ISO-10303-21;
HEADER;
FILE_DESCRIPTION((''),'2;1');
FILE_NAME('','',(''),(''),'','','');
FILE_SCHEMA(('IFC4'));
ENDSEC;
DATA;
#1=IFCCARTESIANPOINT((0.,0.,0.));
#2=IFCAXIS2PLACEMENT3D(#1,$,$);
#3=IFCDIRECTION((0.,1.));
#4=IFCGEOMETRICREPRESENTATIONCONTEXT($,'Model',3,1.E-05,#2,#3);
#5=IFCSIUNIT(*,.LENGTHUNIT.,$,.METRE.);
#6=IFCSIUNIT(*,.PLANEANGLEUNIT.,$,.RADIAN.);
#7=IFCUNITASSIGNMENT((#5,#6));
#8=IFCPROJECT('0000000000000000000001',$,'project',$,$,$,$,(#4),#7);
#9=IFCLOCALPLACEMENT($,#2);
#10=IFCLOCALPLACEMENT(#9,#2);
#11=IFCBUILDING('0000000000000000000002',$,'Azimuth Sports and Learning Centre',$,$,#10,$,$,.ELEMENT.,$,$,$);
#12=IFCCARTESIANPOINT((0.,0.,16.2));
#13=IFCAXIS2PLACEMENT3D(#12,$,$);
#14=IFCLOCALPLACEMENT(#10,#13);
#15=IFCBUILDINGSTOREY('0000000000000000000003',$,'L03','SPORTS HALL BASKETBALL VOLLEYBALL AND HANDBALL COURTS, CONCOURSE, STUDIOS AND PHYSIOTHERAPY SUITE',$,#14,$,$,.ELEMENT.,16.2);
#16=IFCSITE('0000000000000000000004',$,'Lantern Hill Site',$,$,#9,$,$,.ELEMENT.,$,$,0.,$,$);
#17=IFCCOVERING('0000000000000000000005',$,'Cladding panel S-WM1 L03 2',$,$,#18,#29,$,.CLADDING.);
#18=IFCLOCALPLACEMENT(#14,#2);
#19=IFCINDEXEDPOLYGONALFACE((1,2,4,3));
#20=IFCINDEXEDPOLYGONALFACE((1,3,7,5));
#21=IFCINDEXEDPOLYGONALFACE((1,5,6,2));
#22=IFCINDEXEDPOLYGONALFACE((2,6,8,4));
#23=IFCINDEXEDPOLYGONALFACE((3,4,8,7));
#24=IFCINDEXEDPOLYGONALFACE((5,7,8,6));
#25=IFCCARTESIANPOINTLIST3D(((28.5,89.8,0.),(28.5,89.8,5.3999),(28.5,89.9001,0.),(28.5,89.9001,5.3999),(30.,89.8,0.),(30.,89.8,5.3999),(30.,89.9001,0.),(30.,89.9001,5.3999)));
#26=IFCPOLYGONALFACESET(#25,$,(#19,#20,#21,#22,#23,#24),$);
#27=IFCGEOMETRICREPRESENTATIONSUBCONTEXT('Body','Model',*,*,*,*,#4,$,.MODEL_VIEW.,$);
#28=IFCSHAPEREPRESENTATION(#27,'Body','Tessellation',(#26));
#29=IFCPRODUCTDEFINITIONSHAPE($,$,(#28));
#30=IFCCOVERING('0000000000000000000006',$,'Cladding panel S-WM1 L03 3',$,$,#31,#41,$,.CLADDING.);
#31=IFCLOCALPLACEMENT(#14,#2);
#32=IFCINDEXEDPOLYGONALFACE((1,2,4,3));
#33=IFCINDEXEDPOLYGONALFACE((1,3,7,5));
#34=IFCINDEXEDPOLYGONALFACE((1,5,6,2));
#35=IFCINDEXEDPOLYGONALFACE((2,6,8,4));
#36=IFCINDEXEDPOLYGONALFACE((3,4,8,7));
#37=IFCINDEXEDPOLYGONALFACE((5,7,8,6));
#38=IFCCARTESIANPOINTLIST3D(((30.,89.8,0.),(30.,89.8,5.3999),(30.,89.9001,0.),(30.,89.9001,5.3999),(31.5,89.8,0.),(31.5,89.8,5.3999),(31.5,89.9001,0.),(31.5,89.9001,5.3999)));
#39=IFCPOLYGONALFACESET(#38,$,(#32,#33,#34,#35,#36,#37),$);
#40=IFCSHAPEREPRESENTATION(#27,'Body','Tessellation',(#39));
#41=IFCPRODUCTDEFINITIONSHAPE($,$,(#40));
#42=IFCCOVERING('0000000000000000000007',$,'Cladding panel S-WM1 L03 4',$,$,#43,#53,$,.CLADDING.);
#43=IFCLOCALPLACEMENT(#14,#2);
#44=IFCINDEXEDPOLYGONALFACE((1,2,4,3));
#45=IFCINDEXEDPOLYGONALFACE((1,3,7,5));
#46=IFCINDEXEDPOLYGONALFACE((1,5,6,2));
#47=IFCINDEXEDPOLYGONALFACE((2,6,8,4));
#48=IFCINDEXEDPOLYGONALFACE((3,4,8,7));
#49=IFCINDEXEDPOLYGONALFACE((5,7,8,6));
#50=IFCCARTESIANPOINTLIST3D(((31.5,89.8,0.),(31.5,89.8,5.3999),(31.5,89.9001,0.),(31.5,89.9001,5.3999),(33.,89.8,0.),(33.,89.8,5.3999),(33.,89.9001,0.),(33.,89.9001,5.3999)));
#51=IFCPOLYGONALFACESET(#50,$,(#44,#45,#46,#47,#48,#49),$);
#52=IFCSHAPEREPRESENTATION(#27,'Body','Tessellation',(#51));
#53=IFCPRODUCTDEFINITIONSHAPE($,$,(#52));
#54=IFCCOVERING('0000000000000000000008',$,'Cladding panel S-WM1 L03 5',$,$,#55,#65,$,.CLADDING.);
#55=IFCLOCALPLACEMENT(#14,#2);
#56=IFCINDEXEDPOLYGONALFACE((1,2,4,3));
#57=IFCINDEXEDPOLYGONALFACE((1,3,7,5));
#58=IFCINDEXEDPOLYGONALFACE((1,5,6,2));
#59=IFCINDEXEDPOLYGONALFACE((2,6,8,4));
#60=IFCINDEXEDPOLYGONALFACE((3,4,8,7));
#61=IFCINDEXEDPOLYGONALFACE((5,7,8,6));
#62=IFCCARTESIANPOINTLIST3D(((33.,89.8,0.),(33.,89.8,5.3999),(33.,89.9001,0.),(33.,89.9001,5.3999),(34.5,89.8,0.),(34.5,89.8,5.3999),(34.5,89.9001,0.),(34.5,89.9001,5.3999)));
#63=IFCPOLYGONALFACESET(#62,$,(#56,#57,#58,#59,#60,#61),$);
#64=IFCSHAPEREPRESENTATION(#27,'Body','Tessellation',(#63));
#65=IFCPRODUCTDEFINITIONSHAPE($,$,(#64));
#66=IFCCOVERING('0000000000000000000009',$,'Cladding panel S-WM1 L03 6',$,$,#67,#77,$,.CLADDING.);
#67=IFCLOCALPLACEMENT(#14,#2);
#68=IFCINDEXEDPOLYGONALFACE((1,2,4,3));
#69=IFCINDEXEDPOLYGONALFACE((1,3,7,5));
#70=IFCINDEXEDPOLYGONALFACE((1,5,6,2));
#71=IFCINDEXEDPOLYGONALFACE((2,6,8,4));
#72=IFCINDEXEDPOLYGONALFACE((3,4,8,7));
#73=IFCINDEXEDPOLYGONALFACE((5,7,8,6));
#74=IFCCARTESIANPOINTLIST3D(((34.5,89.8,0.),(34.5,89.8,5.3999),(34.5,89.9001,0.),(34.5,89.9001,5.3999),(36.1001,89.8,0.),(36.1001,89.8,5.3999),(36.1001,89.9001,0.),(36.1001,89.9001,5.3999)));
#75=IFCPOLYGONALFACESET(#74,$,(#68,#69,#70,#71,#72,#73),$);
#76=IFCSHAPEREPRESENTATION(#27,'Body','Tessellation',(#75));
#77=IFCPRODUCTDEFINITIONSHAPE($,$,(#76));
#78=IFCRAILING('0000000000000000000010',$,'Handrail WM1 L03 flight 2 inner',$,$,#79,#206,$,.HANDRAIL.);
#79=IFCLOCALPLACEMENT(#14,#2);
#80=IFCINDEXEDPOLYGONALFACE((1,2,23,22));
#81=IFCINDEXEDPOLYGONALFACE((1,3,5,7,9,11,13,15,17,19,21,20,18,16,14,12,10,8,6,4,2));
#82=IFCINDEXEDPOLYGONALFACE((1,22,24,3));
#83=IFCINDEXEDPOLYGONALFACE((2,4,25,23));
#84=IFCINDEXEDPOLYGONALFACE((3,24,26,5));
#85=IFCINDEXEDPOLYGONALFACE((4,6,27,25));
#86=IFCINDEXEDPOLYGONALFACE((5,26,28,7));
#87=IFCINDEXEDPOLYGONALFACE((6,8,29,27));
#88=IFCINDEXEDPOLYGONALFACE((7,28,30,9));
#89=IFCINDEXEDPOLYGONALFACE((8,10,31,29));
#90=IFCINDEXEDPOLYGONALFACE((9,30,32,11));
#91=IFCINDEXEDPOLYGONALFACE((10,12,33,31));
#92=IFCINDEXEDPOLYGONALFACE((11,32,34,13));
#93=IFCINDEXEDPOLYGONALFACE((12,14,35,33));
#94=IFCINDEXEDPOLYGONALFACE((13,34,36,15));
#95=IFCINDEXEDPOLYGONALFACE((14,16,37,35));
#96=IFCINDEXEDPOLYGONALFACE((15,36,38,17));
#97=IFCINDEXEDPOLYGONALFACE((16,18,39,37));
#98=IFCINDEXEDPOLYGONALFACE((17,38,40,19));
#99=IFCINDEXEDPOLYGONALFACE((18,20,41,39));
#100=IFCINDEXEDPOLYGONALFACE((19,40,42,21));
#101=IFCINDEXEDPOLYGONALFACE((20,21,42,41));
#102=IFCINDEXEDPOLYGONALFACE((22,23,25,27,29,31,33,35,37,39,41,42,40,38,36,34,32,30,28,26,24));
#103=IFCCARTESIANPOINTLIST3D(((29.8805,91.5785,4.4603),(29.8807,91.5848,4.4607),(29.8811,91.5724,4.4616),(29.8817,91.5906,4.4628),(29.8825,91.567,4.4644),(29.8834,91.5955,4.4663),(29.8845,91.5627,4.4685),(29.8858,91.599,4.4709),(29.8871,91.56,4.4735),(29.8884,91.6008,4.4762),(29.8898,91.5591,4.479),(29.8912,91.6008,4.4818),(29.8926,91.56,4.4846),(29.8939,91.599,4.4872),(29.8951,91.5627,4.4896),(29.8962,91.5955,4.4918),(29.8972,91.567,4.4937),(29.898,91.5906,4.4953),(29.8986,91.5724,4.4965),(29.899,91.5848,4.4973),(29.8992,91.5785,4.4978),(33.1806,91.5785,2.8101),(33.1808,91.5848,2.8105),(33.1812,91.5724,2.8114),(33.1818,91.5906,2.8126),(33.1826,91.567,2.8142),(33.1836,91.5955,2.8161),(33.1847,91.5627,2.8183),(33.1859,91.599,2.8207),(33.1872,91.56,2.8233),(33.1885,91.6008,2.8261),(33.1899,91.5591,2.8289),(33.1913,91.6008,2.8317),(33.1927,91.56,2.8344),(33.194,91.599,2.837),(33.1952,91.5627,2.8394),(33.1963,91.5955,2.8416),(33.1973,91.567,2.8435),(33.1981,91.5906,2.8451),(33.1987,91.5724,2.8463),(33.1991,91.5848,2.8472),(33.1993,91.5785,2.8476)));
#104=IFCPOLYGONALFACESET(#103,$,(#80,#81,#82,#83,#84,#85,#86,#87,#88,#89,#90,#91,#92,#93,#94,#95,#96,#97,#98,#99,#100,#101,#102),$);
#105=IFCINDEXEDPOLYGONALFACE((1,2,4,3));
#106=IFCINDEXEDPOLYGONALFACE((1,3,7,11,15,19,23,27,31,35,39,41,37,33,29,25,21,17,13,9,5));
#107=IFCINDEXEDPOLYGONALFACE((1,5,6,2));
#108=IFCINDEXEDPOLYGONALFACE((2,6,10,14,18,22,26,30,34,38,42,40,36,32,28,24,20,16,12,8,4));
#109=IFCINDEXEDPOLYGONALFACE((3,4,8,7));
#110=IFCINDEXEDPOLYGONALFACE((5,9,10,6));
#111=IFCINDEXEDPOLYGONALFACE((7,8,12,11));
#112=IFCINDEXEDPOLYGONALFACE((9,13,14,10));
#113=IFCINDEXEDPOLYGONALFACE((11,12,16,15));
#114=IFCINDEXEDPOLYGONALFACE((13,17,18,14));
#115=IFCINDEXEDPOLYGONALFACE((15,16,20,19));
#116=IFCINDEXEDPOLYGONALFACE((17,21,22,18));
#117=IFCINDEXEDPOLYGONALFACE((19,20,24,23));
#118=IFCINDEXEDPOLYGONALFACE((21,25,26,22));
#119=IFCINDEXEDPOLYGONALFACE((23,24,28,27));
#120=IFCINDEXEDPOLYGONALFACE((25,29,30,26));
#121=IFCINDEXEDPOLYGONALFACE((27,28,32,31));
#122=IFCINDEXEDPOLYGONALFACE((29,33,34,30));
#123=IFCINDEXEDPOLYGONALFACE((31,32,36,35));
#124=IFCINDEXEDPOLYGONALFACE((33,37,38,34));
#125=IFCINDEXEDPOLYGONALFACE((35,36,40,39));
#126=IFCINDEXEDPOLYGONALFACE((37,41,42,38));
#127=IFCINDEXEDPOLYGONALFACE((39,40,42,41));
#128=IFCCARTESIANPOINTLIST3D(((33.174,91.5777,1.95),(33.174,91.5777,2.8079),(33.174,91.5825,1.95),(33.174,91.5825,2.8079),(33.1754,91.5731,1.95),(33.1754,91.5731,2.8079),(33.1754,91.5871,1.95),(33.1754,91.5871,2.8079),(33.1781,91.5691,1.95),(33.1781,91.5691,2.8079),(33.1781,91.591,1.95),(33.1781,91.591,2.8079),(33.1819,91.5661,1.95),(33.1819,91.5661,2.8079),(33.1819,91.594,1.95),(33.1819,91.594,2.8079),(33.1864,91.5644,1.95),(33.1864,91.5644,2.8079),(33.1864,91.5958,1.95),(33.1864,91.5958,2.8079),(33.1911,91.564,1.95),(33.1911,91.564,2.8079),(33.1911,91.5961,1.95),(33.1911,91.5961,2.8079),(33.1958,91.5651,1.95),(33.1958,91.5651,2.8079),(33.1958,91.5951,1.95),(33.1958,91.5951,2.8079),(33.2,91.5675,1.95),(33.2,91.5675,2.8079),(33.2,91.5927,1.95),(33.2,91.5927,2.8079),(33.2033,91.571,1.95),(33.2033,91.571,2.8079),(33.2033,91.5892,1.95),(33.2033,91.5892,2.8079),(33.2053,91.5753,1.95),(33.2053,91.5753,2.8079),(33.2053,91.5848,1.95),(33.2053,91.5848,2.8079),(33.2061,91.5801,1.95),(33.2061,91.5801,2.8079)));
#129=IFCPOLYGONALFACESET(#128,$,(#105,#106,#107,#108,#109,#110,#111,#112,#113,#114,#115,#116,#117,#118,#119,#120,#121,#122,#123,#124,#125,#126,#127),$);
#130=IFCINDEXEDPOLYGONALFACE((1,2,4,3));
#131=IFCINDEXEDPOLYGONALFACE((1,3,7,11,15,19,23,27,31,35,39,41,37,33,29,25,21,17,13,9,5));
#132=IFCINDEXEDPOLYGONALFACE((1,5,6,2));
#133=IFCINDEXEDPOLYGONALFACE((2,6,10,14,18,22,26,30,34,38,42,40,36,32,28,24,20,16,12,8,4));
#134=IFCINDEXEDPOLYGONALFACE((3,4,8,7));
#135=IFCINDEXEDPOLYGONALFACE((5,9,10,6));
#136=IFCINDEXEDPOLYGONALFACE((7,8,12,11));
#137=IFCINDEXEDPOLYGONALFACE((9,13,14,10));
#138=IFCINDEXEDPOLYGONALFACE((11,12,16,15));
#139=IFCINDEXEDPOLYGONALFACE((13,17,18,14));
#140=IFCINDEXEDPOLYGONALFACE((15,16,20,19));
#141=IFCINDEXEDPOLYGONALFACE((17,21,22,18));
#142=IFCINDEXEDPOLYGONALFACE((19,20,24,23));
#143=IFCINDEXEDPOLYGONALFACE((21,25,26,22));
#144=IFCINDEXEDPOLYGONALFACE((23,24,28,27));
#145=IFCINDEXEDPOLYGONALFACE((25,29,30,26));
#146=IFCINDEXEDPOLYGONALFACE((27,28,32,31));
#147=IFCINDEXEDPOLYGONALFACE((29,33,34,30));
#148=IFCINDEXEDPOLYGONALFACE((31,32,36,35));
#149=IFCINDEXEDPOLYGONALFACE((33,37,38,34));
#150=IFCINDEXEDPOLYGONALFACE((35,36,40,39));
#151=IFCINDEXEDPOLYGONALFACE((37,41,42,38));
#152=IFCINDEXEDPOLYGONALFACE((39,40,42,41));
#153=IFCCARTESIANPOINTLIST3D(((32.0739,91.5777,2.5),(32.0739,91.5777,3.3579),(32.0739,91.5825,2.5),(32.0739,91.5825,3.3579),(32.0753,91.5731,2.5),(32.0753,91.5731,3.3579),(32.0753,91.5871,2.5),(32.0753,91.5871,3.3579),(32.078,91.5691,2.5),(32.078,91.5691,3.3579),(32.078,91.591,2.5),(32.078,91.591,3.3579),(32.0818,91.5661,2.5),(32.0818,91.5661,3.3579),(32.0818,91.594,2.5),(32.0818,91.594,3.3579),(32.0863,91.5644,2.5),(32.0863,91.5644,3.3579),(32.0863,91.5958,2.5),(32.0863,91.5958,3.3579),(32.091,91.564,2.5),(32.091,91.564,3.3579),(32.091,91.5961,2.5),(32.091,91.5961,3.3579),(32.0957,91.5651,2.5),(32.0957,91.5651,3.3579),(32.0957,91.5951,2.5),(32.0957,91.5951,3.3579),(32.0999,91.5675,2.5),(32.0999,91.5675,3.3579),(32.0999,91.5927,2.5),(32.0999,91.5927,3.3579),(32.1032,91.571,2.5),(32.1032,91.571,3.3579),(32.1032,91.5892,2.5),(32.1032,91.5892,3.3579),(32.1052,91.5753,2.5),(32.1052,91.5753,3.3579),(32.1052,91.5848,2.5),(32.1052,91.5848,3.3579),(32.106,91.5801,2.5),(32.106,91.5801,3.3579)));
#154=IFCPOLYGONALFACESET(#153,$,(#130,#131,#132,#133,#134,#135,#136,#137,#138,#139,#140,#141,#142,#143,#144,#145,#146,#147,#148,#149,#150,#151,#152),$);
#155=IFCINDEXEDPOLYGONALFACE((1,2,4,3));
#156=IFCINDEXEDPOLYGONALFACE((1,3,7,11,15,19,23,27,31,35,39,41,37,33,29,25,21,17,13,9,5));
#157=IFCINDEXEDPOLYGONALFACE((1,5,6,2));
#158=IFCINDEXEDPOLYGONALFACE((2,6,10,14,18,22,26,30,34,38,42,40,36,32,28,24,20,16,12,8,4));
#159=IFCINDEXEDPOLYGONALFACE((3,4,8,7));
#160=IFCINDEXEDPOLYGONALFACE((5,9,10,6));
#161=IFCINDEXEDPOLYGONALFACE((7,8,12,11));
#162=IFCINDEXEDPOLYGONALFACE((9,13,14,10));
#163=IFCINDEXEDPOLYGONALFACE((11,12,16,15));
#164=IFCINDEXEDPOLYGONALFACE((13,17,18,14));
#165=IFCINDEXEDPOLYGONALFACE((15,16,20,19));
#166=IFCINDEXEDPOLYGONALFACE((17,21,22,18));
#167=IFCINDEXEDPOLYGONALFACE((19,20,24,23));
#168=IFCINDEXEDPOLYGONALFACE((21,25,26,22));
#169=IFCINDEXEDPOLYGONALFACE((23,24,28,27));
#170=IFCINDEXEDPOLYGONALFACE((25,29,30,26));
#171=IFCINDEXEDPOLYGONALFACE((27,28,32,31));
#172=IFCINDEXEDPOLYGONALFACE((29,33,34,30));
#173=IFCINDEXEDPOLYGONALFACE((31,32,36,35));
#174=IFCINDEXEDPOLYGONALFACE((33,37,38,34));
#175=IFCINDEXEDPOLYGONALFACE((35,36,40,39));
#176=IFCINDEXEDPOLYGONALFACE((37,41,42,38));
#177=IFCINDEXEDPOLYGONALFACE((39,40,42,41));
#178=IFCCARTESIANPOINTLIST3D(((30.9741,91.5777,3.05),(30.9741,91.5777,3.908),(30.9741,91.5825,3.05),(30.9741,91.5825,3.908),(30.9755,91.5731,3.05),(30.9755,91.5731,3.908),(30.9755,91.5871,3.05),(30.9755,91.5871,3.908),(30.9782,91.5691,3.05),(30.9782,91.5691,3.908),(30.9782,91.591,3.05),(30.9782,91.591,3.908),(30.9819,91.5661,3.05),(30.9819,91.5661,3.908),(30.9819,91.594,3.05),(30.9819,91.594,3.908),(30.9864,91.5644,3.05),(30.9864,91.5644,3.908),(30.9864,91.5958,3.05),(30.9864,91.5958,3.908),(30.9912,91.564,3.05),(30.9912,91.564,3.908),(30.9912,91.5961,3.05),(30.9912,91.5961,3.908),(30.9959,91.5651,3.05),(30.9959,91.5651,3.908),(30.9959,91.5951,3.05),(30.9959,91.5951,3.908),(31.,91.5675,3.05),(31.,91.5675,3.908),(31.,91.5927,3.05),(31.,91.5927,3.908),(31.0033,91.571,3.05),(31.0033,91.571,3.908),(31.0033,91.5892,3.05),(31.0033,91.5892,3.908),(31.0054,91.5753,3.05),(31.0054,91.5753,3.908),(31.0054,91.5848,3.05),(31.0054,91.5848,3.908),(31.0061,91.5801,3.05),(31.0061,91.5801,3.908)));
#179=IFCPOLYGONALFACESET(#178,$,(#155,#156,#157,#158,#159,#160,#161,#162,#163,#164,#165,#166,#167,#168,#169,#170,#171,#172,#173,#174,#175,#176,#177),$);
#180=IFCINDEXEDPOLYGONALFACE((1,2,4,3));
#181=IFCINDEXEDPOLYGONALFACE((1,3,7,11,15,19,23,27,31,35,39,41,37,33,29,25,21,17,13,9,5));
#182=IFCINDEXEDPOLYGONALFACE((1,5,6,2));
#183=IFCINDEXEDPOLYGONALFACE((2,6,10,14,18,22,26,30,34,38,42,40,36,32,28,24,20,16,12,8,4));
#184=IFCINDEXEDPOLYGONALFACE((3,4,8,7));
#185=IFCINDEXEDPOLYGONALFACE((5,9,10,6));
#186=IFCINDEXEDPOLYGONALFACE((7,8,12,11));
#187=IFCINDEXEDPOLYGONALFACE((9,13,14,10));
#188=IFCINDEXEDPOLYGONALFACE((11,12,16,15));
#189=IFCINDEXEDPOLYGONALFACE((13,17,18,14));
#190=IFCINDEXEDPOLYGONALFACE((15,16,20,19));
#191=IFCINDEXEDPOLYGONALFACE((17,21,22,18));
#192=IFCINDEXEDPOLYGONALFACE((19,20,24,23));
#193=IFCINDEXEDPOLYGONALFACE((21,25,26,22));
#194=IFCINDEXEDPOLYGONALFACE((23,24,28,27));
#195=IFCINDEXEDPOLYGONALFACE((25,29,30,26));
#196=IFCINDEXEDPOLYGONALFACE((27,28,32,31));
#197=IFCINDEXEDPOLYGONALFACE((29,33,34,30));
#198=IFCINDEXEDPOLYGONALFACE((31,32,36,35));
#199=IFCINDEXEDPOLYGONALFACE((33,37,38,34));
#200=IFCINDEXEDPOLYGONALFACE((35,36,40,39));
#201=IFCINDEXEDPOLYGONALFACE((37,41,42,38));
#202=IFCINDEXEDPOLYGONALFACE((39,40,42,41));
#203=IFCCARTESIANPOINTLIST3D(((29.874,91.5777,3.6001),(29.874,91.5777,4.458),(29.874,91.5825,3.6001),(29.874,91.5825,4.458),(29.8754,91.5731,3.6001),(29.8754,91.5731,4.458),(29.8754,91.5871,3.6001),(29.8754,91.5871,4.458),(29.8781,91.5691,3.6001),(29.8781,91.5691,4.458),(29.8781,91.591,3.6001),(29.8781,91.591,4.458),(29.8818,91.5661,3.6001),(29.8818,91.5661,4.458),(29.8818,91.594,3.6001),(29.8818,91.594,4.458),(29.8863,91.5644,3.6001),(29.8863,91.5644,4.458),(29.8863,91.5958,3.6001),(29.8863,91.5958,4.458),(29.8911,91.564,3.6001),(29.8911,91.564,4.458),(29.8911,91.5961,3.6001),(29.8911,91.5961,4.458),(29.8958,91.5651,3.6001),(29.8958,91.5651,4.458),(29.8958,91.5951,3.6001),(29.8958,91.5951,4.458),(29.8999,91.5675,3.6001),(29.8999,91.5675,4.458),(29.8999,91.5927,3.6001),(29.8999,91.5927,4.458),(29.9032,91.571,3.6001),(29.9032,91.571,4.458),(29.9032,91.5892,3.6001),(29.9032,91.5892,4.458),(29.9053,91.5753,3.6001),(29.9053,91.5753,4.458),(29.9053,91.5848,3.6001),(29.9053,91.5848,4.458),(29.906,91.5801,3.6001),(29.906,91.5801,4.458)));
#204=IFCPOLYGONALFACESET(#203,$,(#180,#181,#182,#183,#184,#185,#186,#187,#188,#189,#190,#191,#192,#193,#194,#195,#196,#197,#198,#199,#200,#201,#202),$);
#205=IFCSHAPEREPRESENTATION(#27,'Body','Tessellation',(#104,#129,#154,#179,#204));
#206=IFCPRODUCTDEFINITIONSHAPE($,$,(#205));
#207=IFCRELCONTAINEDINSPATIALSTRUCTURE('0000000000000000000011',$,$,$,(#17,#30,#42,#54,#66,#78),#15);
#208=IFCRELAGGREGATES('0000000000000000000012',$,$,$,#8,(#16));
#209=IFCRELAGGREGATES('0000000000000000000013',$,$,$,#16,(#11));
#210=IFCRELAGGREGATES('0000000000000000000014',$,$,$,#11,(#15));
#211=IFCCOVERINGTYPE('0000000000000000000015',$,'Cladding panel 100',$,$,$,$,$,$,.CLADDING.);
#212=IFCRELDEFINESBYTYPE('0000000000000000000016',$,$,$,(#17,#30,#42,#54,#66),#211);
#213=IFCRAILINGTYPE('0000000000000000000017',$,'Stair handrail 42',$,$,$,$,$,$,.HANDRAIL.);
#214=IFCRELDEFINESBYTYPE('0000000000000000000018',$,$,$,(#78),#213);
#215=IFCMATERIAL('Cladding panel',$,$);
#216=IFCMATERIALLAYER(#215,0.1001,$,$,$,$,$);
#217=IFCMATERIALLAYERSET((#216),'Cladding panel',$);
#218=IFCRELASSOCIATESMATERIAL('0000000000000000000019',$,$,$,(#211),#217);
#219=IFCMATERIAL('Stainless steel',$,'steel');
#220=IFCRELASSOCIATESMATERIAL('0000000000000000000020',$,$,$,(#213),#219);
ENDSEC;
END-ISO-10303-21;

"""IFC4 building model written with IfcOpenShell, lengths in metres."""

from ifc_helpers import new_model, si_unit, direction, frame, origin, origin_2d, place, context, subcontext, project, spatial, rectangle, circle, extrude, material, layer, layer_set, type_object, element, save


model = new_model("IFC4")

# Units and contexts
model_context = context("Model", 3, precision=1e-05, world=origin(), true_north=direction((0.0, 1.0)))
body_context = subcontext(model_context, "Body", "Model", "MODEL_VIEW")
ifc_project = project(units=[si_unit("LENGTHUNIT", "METRE"), si_unit("PLANEANGLEUNIT", "RADIAN")], contexts=[model_context])

# Site, building, storey
site_placement = place(None, origin())
site = spatial("IfcSite", under=ifc_project, at=site_placement, Name="Lantern Hill Site", CompositionType="ELEMENT", RefElevation=0.0)
building_placement = place(site_placement, origin())
building = spatial("IfcBuilding", under=site, at=building_placement, Name="Azimuth Sports and Learning Centre", CompositionType="ELEMENT")
storey_placement = place(building_placement, frame((0.0, 0.0, 16.2)))
storey = spatial("IfcBuildingStorey", under=building, at=storey_placement, Name="L03", Description="SPORTS HALL BASKETBALL VOLLEYBALL AND HANDBALL COURTS, CONCOURSE, STUDIOS AND PHYSIOTHERAPY SUITE", CompositionType="ELEMENT", Elevation=16.2)

# Coverings
ifc_material_1 = material(Name="Cladding panel")
ifc_layer_1 = layer(ifc_material_1, 0.1001)
ifc_layer_set_1 = layer_set([ifc_layer_1], Name="Cladding panel")
covering_type = type_object("IfcCoveringType", Name="Cladding panel 100", PredefinedType="CLADDING", material=ifc_layer_set_1)
for number, where, z_axis, x_axis, name in (
    (1, (29.25, 89.8501, 0.0), (0.0, 0.0, 1.0), (1.0, 0.0, 0.0), "Cladding panel S-WM1 L03 2"),
    (2, (30.75, 89.8501, 0.0), (0.0, 0.0, 1.0), (1.0, 0.0, 0.0), "Cladding panel S-WM1 L03 3"),
    (3, (32.25, 89.8501, 0.0), (0.0, 0.0, 1.0), (1.0, 0.0, 0.0), "Cladding panel S-WM1 L03 4"),
    (4, (33.75, 89.8501, 0.0), (0.0, 0.0, 1.0), (1.0, 0.0, 0.0), "Cladding panel S-WM1 L03 5"),
):
    element("IfcCovering", number, at=place(storey_placement, frame(where, z_axis=z_axis, x_axis=x_axis)), inside=storey, type_object=covering_type, Name=name, PredefinedType="CLADDING", context=body_context, shape_type="SweptSolid", body=[
        extrude(rectangle(XDim=1.5, YDim=0.1001, at=origin_2d()), origin(), (0.0, 0.0, 1.0), 5.3999),
    ])
covering_1_placement = place(storey_placement, frame((35.3, 89.8501, 0.0), z_axis=(0.0, 0.0, 1.0), x_axis=(1.0, 0.0, 0.0)))
element("IfcCovering", 5, at=covering_1_placement, inside=storey, type_object=covering_type, Name="Cladding panel S-WM1 L03 6", PredefinedType="CLADDING", context=body_context, shape_type="SweptSolid", body=[
    extrude(rectangle(XDim=1.6001, YDim=0.1001, at=origin_2d()), origin(), (0.0, 0.0, 1.0), 5.3999),
])

# Railing
ifc_material_2 = material(Name="Stainless steel", Category="steel")
railing_type = type_object("IfcRailingType", Name="Stair handrail 42", PredefinedType="HANDRAIL", material=ifc_material_2)
for number, where, name in (
    (6, (33.1899, 91.5801, 1.95), "Handrail WM1 L03 flight 2 inner"),
):
    element("IfcRailing", number, at=place(storey_placement, frame(where)), inside=storey, type_object=railing_type, Name=name, PredefinedType="HANDRAIL", context=body_context, shape_type="SweptSolid", body=[
        extrude(circle(Radius=0.021, at=origin_2d()), frame((0.0, 0.0, 0.8789), z_axis=(-0.894414, 0.0, 0.44724), x_axis=(0.0, -1.0, 0.0)), (0.0, 0.0, 1.0), 3.6897),
        extrude(circle(Radius=0.0161, at=origin_2d()), origin(), (0.0, 0.0, 1.0), 0.8579),
        extrude(circle(Radius=0.0161, at=origin_2d()), frame((-1.1001, 0.0, 0.55)), (0.0, 0.0, 1.0), 0.8579),
        extrude(circle(Radius=0.0161, at=origin_2d()), frame((-2.2, 0.0, 1.1001)), (0.0, 0.0, 1.0), 0.8579),
        extrude(circle(Radius=0.0161, at=origin_2d()), frame((-3.3, 0.0, 1.6501)), (0.0, 0.0, 1.0), 0.8579),
    ])

save(model, "model.ifc")
